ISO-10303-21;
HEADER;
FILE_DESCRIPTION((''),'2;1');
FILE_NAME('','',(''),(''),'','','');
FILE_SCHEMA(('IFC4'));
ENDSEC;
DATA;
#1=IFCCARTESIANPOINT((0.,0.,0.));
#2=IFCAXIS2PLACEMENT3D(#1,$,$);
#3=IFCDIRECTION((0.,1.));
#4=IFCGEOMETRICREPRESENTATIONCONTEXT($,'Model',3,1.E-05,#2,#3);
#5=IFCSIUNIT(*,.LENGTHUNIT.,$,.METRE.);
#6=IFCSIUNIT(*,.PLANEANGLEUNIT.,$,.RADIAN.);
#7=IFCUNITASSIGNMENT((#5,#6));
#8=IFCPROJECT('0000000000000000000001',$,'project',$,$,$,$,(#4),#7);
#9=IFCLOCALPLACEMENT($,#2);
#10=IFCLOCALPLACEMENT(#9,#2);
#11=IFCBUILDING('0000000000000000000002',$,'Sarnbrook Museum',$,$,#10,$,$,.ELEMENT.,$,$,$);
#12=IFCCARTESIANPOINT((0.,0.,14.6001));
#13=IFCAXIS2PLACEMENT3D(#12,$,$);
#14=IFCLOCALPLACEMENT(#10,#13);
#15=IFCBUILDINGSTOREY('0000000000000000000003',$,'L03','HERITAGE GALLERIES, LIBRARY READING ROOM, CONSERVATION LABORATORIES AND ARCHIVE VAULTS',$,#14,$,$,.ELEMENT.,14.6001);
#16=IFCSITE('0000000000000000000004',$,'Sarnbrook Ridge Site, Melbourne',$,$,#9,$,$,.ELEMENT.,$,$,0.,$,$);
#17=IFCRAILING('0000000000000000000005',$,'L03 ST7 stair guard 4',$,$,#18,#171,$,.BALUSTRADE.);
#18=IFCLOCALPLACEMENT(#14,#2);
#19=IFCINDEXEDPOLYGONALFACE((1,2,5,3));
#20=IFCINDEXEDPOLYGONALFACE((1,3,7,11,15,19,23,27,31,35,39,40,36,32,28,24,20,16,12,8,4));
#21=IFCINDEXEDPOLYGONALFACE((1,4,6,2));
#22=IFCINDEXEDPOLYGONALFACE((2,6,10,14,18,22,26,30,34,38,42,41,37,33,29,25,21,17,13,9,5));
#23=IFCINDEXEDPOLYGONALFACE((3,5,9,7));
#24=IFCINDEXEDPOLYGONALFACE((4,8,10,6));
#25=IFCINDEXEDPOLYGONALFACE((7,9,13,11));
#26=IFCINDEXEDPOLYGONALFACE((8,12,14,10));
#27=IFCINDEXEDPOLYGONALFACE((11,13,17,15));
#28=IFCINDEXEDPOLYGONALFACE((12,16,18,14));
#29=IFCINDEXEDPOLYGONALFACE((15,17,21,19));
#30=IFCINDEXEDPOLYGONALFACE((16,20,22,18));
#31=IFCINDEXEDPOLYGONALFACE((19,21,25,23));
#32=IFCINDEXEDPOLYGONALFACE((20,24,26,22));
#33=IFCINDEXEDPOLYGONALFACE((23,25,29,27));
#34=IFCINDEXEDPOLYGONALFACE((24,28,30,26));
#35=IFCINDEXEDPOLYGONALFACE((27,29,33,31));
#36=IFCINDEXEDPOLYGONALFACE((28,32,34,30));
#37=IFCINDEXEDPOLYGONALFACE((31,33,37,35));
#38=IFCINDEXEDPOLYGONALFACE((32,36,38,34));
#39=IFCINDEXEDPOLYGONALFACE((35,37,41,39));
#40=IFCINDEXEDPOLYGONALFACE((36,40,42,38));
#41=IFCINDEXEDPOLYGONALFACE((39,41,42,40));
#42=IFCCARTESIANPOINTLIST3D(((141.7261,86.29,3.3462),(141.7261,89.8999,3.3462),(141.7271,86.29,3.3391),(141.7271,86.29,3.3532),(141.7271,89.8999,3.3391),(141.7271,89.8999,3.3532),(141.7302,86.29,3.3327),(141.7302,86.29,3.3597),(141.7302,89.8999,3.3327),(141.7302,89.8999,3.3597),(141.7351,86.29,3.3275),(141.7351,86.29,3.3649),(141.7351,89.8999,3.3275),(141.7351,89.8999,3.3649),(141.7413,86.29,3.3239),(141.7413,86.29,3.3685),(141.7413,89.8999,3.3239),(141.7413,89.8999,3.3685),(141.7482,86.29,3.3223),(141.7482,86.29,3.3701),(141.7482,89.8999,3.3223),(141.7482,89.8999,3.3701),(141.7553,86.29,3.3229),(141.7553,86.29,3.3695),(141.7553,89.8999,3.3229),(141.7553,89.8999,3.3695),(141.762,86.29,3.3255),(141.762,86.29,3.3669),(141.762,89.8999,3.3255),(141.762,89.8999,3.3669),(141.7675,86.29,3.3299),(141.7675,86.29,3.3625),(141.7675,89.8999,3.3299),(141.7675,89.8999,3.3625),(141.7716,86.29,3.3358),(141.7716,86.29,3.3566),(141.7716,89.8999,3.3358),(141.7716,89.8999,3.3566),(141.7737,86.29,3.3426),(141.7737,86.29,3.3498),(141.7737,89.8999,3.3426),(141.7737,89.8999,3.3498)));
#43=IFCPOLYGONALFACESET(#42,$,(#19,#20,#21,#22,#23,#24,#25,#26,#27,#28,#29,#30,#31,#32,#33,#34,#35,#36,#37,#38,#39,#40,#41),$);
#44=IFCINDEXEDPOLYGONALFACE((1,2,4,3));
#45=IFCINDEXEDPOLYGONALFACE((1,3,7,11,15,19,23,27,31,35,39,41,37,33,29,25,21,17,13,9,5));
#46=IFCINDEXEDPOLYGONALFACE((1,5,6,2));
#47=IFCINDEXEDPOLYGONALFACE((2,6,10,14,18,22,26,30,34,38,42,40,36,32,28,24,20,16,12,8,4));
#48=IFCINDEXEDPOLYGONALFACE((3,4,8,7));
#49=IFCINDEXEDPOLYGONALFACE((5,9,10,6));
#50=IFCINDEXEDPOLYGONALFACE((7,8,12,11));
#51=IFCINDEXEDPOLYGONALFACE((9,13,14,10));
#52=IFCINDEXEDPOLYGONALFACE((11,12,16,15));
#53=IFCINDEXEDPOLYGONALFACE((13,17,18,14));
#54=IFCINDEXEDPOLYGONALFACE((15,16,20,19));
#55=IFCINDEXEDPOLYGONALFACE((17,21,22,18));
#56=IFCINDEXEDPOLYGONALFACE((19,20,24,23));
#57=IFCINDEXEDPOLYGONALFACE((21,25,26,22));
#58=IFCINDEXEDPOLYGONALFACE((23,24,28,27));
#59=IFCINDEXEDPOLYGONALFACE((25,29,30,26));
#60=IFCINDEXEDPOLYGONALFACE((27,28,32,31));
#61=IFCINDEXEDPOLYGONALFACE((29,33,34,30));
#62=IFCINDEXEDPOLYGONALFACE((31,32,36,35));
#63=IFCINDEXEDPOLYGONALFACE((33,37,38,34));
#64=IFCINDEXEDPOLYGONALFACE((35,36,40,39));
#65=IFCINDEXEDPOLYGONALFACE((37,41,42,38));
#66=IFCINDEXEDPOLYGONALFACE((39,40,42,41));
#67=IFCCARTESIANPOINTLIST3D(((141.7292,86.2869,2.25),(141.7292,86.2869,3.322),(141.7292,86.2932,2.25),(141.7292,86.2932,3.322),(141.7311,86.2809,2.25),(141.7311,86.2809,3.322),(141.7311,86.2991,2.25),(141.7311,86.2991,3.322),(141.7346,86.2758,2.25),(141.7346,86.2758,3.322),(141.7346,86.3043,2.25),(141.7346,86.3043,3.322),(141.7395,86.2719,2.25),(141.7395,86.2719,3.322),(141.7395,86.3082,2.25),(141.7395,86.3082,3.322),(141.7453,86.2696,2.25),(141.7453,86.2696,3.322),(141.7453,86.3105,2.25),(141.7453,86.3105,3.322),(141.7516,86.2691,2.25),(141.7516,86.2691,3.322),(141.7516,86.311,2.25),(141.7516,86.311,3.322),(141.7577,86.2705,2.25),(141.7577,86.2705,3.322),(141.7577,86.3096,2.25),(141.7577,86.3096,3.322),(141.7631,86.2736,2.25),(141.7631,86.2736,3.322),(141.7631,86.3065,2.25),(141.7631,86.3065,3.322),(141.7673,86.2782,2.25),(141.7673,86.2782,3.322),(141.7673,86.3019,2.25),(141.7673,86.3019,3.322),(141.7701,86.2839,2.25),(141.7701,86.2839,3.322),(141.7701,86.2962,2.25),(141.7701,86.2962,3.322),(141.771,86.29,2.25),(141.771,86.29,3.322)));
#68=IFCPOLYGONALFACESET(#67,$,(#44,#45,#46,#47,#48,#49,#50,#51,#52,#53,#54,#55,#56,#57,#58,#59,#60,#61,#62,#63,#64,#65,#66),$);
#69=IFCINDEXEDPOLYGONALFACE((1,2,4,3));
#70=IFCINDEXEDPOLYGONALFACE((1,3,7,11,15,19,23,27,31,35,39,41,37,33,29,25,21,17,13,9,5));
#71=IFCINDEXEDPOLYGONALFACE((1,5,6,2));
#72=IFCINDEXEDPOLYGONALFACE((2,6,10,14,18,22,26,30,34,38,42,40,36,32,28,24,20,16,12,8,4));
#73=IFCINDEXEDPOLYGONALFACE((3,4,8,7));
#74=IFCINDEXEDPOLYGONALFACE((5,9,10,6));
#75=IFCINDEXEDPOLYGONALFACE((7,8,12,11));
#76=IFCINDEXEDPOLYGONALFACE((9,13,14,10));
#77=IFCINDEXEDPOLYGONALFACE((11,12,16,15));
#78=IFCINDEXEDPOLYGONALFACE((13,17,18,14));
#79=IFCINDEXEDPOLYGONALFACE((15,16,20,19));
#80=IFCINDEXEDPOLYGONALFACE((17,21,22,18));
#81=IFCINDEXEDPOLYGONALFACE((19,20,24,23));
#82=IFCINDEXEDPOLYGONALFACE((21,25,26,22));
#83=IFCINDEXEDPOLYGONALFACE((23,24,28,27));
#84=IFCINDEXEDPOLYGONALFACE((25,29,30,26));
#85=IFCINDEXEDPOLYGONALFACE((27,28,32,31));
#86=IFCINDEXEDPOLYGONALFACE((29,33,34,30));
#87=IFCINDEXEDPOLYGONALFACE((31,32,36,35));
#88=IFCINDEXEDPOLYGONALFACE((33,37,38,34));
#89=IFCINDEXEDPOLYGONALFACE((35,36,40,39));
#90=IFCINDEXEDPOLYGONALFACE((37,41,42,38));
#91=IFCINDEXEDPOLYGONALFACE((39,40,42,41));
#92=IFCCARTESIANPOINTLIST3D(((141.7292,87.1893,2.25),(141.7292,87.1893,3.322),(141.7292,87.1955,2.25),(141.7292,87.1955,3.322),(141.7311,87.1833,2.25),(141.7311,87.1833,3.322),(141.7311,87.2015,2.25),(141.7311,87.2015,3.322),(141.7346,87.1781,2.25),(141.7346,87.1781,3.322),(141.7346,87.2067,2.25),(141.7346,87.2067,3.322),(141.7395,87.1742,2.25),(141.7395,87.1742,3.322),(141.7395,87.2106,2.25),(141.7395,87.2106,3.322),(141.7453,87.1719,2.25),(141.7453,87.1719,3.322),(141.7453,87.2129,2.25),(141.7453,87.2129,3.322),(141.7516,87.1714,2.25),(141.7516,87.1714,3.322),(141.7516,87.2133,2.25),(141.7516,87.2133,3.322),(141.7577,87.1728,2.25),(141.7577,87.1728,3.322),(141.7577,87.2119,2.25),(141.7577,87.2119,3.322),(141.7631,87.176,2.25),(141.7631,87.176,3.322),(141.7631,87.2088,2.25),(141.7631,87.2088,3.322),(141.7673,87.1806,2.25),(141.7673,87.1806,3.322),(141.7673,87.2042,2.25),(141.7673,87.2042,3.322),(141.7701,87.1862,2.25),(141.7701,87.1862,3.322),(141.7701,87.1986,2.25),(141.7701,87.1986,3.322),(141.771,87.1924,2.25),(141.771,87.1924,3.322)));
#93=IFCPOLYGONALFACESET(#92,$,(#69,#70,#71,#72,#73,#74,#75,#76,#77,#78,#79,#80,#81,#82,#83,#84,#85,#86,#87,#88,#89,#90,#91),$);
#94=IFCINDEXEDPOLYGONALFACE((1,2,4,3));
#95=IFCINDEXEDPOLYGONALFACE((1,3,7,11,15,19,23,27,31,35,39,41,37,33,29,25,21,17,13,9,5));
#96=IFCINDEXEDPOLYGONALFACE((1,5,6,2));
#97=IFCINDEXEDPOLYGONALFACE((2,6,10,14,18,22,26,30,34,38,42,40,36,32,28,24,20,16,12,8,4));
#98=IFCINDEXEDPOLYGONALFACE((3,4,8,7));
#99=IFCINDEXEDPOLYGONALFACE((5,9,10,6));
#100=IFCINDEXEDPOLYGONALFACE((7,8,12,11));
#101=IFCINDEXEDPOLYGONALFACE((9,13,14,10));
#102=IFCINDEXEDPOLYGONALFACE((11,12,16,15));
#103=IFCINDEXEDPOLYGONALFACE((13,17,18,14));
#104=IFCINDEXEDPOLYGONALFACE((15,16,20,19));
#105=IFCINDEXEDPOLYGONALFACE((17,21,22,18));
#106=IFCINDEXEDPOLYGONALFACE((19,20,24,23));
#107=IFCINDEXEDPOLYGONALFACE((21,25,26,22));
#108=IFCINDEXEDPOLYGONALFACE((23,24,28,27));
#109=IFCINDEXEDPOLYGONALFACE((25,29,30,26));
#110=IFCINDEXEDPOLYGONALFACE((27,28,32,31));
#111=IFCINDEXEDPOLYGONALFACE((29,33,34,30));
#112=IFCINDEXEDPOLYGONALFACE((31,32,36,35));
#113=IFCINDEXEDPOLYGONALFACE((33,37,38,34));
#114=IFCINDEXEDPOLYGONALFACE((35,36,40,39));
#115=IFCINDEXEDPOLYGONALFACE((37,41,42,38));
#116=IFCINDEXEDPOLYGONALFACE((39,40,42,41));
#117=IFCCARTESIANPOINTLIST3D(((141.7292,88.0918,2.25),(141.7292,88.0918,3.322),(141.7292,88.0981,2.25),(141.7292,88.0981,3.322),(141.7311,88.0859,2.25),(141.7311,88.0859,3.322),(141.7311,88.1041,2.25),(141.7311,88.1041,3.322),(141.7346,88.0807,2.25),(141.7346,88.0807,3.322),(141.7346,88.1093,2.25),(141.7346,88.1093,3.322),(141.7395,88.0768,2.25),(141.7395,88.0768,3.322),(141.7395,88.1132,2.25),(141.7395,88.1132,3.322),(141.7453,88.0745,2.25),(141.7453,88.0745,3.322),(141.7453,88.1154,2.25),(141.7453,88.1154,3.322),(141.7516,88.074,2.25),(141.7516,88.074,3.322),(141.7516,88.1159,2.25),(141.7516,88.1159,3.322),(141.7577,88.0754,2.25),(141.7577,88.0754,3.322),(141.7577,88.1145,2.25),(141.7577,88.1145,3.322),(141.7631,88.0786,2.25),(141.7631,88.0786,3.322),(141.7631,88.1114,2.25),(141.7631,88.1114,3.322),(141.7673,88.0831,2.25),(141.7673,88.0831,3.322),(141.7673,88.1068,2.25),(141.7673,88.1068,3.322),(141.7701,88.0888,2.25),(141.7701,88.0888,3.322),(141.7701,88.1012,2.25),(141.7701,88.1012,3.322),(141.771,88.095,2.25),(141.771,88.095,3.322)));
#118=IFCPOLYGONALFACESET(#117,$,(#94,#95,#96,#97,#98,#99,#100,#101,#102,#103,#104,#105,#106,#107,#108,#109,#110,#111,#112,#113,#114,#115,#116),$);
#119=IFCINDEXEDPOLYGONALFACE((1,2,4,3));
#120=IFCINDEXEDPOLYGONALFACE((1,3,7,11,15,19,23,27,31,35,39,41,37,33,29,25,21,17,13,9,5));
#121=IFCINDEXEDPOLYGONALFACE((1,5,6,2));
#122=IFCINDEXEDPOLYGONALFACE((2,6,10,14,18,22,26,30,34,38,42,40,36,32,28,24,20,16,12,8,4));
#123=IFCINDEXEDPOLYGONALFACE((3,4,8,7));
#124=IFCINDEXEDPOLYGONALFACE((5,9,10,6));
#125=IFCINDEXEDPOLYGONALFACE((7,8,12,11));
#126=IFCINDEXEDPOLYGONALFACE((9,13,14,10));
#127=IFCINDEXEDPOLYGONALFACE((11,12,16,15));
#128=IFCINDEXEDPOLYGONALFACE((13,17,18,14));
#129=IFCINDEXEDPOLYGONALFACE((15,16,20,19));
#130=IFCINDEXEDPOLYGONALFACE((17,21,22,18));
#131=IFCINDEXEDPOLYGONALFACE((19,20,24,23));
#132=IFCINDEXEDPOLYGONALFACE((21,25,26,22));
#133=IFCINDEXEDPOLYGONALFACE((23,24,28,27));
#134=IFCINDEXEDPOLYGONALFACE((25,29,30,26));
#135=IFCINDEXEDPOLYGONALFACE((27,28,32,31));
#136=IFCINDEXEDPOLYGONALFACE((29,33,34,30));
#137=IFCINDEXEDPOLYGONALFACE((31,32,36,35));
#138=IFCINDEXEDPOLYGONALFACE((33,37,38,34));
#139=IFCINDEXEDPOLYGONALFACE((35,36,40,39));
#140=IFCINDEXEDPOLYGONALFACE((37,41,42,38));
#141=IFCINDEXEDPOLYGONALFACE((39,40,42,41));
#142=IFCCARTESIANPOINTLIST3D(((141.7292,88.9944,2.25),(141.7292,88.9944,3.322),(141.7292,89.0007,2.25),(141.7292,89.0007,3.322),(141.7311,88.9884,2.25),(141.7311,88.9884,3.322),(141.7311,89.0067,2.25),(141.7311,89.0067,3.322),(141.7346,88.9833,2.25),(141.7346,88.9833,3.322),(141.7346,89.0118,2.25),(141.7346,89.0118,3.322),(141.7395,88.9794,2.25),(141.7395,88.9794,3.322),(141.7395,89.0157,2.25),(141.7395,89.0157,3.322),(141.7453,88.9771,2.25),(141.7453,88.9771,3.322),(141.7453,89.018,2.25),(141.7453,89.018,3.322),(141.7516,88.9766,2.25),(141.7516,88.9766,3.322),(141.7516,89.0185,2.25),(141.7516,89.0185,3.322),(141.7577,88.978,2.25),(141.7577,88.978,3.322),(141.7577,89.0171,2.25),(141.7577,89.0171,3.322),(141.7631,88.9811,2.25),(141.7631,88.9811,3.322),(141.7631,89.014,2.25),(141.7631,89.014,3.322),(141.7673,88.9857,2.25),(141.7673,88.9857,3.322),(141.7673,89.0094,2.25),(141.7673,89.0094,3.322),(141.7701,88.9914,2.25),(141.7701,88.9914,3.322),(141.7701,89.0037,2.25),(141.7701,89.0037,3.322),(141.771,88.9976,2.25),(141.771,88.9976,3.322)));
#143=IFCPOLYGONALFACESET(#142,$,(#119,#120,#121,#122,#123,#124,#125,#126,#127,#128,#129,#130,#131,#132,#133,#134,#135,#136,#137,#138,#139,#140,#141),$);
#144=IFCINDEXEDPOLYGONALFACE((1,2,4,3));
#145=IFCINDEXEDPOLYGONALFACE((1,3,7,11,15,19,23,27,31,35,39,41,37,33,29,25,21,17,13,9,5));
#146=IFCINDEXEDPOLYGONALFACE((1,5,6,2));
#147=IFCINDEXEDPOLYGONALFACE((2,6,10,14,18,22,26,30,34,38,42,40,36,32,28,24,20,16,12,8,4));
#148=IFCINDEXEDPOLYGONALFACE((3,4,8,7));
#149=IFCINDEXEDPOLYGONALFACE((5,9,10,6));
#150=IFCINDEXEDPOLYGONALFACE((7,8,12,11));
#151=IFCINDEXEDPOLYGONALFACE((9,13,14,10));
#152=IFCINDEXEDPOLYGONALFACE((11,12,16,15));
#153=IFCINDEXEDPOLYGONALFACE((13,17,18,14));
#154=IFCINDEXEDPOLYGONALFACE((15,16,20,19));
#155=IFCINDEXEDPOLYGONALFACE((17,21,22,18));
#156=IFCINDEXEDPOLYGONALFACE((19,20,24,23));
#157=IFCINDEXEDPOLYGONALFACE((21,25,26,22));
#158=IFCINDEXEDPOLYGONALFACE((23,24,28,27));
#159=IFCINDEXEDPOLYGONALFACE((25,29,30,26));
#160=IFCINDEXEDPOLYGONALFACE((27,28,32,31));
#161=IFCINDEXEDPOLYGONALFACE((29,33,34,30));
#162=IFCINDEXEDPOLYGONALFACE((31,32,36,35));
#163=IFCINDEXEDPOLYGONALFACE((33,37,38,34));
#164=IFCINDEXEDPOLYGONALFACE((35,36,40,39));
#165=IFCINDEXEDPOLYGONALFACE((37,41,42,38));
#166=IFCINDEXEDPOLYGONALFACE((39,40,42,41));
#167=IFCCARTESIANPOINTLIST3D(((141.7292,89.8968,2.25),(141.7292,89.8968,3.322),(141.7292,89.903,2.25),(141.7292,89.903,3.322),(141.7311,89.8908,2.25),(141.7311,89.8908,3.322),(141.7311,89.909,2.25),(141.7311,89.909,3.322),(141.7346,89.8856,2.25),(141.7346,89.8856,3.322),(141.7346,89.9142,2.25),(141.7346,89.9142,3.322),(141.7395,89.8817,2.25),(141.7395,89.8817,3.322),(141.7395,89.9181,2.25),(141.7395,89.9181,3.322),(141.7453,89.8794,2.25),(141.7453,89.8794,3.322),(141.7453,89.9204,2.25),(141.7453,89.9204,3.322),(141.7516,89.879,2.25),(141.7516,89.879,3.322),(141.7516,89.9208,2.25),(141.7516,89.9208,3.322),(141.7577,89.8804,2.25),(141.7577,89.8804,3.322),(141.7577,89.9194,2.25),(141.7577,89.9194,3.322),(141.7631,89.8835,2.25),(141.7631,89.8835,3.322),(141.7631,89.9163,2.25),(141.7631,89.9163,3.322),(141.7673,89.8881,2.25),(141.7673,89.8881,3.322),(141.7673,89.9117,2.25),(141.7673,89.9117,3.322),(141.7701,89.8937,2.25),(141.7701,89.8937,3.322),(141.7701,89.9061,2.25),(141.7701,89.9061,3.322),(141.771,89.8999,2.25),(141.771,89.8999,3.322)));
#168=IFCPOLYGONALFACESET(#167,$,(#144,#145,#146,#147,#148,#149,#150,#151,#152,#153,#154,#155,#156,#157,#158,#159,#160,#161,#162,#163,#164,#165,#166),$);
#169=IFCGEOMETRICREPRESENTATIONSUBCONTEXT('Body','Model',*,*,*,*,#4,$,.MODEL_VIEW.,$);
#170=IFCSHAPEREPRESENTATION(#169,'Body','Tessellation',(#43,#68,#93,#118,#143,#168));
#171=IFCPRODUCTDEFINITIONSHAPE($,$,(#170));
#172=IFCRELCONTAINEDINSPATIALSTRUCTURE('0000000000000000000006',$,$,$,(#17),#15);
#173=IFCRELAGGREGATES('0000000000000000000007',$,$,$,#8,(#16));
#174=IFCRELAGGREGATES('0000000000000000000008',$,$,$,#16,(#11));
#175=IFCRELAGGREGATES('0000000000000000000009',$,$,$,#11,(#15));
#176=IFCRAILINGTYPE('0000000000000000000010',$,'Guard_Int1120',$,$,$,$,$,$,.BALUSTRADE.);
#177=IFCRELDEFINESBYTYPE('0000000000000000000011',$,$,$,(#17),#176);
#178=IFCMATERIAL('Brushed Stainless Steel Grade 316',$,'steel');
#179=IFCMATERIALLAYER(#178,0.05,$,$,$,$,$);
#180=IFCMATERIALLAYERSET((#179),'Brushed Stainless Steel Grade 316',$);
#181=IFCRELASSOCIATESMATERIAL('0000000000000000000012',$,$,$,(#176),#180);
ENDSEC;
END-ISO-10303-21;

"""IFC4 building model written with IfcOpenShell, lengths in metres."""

from ifc_helpers import new_model, si_unit, direction, frame, origin, origin_2d, place, context, subcontext, project, spatial, circle, extrude, material, layer, layer_set, type_object, element, save


model = new_model("IFC4")

# Units and contexts
model_context = context("Model", 3, precision=1e-05, world=origin(), true_north=direction((0.0, 1.0)))
body_context = subcontext(model_context, "Body", "Model", "MODEL_VIEW")
ifc_project = project(units=[si_unit("LENGTHUNIT", "METRE"), si_unit("PLANEANGLEUNIT", "RADIAN")], contexts=[model_context])

# Site, building, storey
site_placement = place(None, origin())
site = spatial("IfcSite", under=ifc_project, at=site_placement, Name="Sarnbrook Ridge Site, Melbourne", CompositionType="ELEMENT", RefElevation=0.0)
building_placement = place(site_placement, origin())
building = spatial("IfcBuilding", under=site, at=building_placement, Name="Sarnbrook Museum", CompositionType="ELEMENT")
storey_placement = place(building_placement, frame((0.0, 0.0, 14.6001)))
storey = spatial("IfcBuildingStorey", under=building, at=storey_placement, Name="L03", Description="HERITAGE GALLERIES, LIBRARY READING ROOM, CONSERVATION LABORATORIES AND ARCHIVE VAULTS", CompositionType="ELEMENT", Elevation=14.6001)

# Railing
ifc_material_1 = material(Name="Brushed Stainless Steel Grade 316", Category="steel")
ifc_layer_1 = layer(ifc_material_1, 0.05)
ifc_layer_set_1 = layer_set([ifc_layer_1], Name="Brushed Stainless Steel Grade 316")
railing_type_1 = type_object("IfcRailingType", Name="Guard_Int1120", PredefinedType="BALUSTRADE", material=ifc_layer_set_1)
railing_1_placement = place(storey_placement, frame((141.75, 86.29, 2.25)))
element("IfcRailing", 1, at=railing_1_placement, inside=storey, type_object=railing_type_1, Name="L03 ST7 stair guard 4", PredefinedType="BALUSTRADE", context=body_context, shape_type="SweptSolid", body=[
    extrude(circle(Radius=0.0239, at=origin_2d()), frame((0.0, 0.0, 1.0962), z_axis=(0.0, 1.0, 0.0), x_axis=(-1.0, 0.0, 0.0)), (0.0, 0.0, 1.0), 3.6099),
    extrude(circle(Radius=0.021, at=origin_2d()), origin(), (0.0, 0.0, 1.0), 1.072),
    extrude(circle(Radius=0.021, at=origin_2d()), frame((0.0, 0.9023, 0.0)), (0.0, 0.0, 1.0), 1.072),
    extrude(circle(Radius=0.021, at=origin_2d()), frame((0.0, 1.8049, 0.0)), (0.0, 0.0, 1.0), 1.072),
    extrude(circle(Radius=0.021, at=origin_2d()), frame((0.0, 2.7075, 0.0)), (0.0, 0.0, 1.0), 1.072),
    extrude(circle(Radius=0.021, at=origin_2d()), frame((0.0, 3.6099, 0.0)), (0.0, 0.0, 1.0), 1.072),
])

save(model, "model.ifc")
